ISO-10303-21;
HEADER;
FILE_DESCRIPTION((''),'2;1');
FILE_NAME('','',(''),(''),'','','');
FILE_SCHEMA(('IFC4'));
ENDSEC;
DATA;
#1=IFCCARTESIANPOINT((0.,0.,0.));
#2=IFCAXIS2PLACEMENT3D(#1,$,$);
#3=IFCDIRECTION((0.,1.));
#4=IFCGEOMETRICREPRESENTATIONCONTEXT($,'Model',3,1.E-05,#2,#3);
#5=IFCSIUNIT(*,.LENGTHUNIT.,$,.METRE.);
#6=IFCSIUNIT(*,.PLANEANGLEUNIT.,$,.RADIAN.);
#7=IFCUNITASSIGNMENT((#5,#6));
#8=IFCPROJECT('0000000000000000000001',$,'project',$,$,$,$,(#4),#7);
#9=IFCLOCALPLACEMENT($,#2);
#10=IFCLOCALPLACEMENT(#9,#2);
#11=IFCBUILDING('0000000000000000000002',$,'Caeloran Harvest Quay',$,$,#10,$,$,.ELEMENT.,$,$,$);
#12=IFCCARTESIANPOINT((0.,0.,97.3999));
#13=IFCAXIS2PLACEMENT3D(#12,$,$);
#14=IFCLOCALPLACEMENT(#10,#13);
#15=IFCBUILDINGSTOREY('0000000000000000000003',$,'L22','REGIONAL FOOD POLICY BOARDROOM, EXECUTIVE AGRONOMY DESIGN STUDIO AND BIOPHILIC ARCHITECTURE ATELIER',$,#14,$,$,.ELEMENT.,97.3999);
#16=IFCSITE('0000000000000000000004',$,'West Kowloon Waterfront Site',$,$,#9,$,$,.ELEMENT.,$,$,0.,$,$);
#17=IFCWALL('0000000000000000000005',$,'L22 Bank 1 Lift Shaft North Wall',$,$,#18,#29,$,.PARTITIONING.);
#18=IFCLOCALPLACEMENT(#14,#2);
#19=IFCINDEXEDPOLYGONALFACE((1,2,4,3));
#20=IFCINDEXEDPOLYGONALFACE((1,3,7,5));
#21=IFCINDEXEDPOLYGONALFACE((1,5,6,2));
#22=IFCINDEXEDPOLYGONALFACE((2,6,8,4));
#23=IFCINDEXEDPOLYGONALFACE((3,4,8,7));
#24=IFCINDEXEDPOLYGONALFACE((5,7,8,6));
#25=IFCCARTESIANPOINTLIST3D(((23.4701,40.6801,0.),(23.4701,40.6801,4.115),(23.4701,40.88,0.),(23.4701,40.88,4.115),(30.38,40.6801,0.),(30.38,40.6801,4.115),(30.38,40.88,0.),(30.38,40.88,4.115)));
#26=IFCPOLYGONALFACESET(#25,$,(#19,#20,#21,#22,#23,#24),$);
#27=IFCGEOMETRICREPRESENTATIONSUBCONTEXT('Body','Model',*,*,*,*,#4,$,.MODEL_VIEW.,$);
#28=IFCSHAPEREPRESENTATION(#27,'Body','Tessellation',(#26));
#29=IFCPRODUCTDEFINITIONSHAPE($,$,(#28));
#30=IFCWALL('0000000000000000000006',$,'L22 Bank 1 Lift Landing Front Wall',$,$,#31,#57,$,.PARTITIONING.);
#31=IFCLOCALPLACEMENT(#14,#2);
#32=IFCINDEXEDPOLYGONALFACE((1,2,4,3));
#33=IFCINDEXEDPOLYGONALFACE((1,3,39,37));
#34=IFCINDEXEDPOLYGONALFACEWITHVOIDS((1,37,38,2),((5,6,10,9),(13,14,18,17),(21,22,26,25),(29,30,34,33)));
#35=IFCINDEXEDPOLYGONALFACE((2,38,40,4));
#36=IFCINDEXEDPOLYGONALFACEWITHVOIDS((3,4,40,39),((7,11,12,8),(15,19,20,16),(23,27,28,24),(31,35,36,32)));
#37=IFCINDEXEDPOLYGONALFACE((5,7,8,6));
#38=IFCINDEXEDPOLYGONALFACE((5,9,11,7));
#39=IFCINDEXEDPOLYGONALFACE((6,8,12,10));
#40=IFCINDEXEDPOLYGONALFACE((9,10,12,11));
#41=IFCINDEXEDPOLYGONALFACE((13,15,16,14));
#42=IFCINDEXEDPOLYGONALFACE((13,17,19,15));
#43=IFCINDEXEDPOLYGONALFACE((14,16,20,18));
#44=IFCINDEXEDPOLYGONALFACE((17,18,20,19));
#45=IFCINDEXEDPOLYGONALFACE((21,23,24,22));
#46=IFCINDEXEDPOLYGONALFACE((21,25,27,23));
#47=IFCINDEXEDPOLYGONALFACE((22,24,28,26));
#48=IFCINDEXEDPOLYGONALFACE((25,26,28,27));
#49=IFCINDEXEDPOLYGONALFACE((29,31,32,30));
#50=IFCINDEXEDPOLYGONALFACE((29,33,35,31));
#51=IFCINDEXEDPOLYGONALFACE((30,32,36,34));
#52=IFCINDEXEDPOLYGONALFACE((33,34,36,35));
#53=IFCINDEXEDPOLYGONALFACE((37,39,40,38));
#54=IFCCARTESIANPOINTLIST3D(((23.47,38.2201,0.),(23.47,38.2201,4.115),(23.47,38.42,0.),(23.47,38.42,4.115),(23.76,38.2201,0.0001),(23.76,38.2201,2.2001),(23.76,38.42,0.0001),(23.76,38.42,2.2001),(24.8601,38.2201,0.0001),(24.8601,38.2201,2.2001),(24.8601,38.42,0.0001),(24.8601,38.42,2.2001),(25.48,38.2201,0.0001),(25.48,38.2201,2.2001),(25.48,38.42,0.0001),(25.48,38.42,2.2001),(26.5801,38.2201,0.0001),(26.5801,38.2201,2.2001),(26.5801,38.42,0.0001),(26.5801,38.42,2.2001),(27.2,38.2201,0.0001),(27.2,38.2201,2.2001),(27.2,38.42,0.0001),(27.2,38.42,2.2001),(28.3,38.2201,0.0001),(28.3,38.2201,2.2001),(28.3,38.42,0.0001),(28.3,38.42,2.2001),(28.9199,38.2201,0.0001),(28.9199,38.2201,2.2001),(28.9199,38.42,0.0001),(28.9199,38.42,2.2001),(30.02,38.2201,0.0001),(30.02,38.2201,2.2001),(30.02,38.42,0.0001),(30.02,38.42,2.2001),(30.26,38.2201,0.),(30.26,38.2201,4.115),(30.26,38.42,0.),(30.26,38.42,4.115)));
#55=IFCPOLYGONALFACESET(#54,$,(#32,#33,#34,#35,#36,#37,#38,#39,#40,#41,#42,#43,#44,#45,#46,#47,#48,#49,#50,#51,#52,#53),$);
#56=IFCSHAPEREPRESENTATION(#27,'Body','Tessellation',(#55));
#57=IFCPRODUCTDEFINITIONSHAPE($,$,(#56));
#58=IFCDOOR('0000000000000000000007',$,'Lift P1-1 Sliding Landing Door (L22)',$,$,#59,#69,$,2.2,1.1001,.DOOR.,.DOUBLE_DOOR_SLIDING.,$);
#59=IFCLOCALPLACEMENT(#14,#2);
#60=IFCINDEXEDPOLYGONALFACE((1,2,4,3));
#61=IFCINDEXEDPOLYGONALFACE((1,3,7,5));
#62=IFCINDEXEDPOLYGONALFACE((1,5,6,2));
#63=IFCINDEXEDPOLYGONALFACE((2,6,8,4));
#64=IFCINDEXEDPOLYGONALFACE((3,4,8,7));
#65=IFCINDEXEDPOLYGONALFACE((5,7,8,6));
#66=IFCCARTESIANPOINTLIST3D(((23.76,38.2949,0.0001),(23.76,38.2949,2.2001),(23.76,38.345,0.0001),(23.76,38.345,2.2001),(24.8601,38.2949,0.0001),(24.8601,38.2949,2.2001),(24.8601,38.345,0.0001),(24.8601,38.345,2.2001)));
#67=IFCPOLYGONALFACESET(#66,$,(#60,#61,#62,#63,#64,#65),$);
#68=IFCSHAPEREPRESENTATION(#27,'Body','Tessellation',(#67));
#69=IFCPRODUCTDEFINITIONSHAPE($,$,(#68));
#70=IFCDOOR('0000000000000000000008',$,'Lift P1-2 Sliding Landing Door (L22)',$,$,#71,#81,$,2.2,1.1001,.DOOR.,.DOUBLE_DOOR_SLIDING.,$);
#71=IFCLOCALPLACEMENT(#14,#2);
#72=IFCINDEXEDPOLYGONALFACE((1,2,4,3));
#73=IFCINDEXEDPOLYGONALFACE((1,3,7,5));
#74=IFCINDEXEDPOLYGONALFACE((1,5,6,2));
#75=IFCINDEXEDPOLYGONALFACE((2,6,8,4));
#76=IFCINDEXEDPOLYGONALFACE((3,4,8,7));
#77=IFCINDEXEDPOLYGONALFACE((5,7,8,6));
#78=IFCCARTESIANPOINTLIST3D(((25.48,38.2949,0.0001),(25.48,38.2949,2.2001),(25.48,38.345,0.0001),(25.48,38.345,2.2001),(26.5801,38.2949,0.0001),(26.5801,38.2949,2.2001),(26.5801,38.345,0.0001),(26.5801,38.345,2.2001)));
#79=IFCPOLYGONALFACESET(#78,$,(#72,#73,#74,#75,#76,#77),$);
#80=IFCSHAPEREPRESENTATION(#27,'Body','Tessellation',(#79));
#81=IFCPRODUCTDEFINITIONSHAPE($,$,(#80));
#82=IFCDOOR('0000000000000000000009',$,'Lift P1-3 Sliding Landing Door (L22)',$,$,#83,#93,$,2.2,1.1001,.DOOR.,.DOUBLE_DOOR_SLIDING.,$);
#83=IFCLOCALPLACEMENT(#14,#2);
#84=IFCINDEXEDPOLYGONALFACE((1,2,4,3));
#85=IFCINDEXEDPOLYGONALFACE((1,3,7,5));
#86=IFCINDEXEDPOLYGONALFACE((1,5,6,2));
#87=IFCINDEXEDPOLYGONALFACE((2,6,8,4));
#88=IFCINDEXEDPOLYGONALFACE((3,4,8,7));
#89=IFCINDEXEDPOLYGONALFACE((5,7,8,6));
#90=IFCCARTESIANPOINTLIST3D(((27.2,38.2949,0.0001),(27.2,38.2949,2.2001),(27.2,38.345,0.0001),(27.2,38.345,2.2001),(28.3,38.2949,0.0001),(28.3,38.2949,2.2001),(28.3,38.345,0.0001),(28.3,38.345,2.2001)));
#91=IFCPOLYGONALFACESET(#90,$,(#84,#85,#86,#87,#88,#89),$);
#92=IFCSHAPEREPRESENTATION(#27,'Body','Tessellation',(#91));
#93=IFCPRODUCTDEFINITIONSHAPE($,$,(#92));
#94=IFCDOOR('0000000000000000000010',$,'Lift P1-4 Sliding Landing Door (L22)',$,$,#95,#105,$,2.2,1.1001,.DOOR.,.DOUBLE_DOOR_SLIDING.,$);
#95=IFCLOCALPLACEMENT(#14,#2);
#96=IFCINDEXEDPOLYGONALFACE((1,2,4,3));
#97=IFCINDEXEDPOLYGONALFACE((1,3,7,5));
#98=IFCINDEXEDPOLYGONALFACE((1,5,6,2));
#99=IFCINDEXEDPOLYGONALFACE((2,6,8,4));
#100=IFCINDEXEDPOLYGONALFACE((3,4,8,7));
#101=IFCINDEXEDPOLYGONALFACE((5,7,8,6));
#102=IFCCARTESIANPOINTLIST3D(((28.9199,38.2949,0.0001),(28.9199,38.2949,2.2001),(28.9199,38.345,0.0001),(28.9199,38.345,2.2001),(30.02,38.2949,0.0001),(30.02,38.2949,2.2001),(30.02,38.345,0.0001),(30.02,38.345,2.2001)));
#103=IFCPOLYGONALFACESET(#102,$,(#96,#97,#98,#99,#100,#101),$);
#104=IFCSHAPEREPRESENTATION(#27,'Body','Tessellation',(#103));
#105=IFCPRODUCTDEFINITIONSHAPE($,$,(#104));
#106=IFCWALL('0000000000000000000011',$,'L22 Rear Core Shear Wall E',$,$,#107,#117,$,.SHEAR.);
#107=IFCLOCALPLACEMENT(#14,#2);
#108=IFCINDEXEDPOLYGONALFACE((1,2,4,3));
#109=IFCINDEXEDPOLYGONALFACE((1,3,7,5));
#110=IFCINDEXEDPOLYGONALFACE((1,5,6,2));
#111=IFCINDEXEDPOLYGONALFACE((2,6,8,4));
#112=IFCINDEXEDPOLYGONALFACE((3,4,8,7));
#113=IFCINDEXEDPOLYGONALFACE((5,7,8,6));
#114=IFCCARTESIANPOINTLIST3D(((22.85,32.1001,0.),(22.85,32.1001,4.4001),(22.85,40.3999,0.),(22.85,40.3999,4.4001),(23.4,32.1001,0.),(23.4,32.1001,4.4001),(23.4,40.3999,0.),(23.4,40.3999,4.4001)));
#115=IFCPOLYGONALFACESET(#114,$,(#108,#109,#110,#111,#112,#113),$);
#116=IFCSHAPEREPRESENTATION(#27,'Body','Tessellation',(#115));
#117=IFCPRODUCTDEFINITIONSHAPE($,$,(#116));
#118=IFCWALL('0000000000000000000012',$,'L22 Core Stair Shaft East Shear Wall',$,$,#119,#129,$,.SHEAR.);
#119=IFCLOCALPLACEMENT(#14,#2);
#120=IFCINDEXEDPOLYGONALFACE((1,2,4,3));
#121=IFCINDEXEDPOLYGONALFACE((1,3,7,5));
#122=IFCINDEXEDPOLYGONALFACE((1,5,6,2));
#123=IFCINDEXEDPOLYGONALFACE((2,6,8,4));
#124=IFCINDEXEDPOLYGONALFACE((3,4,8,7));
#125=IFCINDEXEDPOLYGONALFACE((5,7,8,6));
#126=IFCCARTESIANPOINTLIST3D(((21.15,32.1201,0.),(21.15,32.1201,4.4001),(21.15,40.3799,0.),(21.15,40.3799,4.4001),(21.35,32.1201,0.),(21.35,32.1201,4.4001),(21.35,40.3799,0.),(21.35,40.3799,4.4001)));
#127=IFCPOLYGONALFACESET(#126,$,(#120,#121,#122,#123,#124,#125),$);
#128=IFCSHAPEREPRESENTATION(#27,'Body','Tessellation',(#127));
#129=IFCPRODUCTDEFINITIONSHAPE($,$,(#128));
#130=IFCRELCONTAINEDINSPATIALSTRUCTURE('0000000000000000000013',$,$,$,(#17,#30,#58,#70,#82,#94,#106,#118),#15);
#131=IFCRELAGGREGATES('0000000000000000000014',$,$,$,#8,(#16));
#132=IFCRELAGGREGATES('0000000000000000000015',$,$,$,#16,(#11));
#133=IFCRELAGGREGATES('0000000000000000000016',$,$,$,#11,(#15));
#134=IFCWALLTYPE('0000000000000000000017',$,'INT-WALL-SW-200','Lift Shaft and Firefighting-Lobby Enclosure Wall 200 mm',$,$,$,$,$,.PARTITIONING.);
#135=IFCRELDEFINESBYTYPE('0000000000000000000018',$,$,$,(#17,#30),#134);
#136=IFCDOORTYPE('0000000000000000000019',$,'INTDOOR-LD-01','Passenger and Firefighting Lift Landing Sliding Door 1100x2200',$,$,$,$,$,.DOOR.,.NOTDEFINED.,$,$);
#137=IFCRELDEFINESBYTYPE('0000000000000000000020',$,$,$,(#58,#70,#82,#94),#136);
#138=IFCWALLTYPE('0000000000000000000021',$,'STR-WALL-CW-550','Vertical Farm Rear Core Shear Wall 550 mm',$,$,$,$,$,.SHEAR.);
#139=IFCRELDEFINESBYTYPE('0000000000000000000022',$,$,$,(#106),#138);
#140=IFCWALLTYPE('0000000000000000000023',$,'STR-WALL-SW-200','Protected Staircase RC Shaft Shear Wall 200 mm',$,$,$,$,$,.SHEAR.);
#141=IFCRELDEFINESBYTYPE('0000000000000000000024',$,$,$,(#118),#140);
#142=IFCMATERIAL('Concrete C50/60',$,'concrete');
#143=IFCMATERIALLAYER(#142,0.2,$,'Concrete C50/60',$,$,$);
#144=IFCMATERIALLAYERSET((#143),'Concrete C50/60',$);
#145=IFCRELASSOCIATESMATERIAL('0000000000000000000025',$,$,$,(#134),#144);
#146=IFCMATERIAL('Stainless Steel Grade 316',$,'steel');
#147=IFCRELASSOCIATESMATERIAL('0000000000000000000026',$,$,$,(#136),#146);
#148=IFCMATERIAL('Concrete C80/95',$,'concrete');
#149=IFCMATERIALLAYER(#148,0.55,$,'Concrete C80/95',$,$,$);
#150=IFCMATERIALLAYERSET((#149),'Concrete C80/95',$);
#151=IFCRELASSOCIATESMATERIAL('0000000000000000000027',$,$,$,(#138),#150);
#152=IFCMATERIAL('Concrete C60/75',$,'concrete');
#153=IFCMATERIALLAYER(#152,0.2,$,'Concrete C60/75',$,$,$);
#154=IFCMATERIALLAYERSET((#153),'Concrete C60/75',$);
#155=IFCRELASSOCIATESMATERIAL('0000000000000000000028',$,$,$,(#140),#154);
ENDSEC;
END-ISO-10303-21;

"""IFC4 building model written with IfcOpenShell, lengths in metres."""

from ifc_helpers import new_model, si_unit, direction, frame, frame_2d, origin, place, context, subcontext, project, spatial, rectangle, extrude, material, layer, layer_set, type_object, element, fill, save


model = new_model("IFC4")

# Units and contexts
model_context = context("Model", 3, precision=1e-05, world=origin(), true_north=direction((0.0, 1.0)))
body_context = subcontext(model_context, "Body", "Model", "MODEL_VIEW")
ifc_project = project(units=[si_unit("LENGTHUNIT", "METRE"), si_unit("PLANEANGLEUNIT", "RADIAN")], contexts=[model_context])

# Site, building, storey
site_placement = place(None, origin())
site = spatial("IfcSite", under=ifc_project, at=site_placement, Name="West Kowloon Waterfront Site", CompositionType="ELEMENT", RefElevation=0.0)
building_placement = place(site_placement, origin())
building = spatial("IfcBuilding", under=site, at=building_placement, Name="Caeloran Harvest Quay", CompositionType="ELEMENT")
storey_placement = place(building_placement, frame((0.0, 0.0, 97.3999)))
storey = spatial("IfcBuildingStorey", under=building, at=storey_placement, Name="L22", Description="REGIONAL FOOD POLICY BOARDROOM, EXECUTIVE AGRONOMY DESIGN STUDIO AND BIOPHILIC ARCHITECTURE ATELIER", CompositionType="ELEMENT", Elevation=97.3999)

# Shared definitions
ifc_material_1 = material(Name="Concrete C80/95", Category="concrete")

# Shared definitions
ifc_material_2 = material(Name="Concrete C50/60", Category="concrete")
ifc_layer_1 = layer(ifc_material_2, 0.2, Name="Concrete C50/60")
ifc_layer_set_1 = layer_set([ifc_layer_1], Name="Concrete C50/60")
wall_type_1 = type_object("IfcWallType", Name="INT-WALL-SW-200", Description="Lift Shaft and Firefighting-Lobby Enclosure Wall 200 mm", PredefinedType="PARTITIONING", material=ifc_layer_set_1)
ifc_material_3 = material(Name="Stainless Steel Grade 316", Category="steel")

# Wall
wall_1_placement = place(storey_placement, frame((23.47, 40.78, 0.0), z_axis=(0.0, 0.0, 1.0), x_axis=(1.0, 0.0, 0.0)))
element("IfcWall", 1, at=wall_1_placement, inside=storey, type_object=wall_type_1, Name="L22 Bank 1 Lift Shaft North Wall", PredefinedType="PARTITIONING", context=body_context, shape_type="SweptSolid", body=[
    extrude(rectangle(XDim=6.9099, YDim=0.2, at=frame_2d((3.4551, 0.0))), origin(), (0.0, 0.0, 1.0), 4.115),
])

# Wall, openings, doors
wall_2_placement = place(storey_placement, frame((23.47, 38.3201, 0.0), z_axis=(0.0, 0.0, 1.0), x_axis=(1.0, 0.0, 0.0)))
wall_2 = element("IfcWall", 2, at=wall_2_placement, inside=storey, type_object=wall_type_1, Name="L22 Bank 1 Lift Landing Front Wall", PredefinedType="PARTITIONING", context=body_context, shape_type="SweptSolid", body=[
    extrude(rectangle(XDim=6.79, YDim=0.2, at=frame_2d((3.395, 0.0))), origin(), (0.0, 0.0, 1.0), 4.115),
])
opening_1_placement = place(wall_2_placement, frame((0.29, 0.0, 0.0)))
opening_1 = element("IfcOpeningElement", 3, at=opening_1_placement, cuts=wall_2, PredefinedType="OPENING", context=body_context, shape_type="SweptSolid", body=[
    extrude(rectangle(XDim=1.1001, YDim=2.2, at=frame_2d((0.55, 1.1001))), frame((0.0, 0.1099, 0.0), z_axis=(0.0, -1.0, 0.0), x_axis=(1.0, 0.0, 0.0)), (0.0, 0.0, 1.0), 0.22),
])
opening_2_placement = place(wall_2_placement, frame((2.01, 0.0, 0.0)))
opening_2 = element("IfcOpeningElement", 4, at=opening_2_placement, cuts=wall_2, PredefinedType="OPENING", context=body_context, shape_type="SweptSolid", body=[
    extrude(rectangle(XDim=1.1001, YDim=2.2, at=frame_2d((0.55, 1.1001))), frame((0.0, 0.1099, 0.0), z_axis=(0.0, -1.0, 0.0), x_axis=(1.0, 0.0, 0.0)), (0.0, 0.0, 1.0), 0.22),
])
opening_3_placement = place(wall_2_placement, frame((3.73, 0.0, 0.0)))
opening_3 = element("IfcOpeningElement", 5, at=opening_3_placement, cuts=wall_2, PredefinedType="OPENING", context=body_context, shape_type="SweptSolid", body=[
    extrude(rectangle(XDim=1.1001, YDim=2.2, at=frame_2d((0.55, 1.1001))), frame((0.0, 0.1099, 0.0), z_axis=(0.0, -1.0, 0.0), x_axis=(1.0, 0.0, 0.0)), (0.0, 0.0, 1.0), 0.22),
])
opening_4_placement = place(wall_2_placement, frame((5.45, 0.0, 0.0)))
opening_4 = element("IfcOpeningElement", 6, at=opening_4_placement, cuts=wall_2, PredefinedType="OPENING", context=body_context, shape_type="SweptSolid", body=[
    extrude(rectangle(XDim=1.1001, YDim=2.2, at=frame_2d((0.55, 1.1001))), frame((0.0, 0.1099, 0.0), z_axis=(0.0, -1.0, 0.0), x_axis=(1.0, 0.0, 0.0)), (0.0, 0.0, 1.0), 0.22),
])
door_type_1 = type_object("IfcDoorType", Name="INTDOOR-LD-01", Description="Passenger and Firefighting Lift Landing Sliding Door 1100x2200", OperationType="NOTDEFINED", PredefinedType="DOOR", material=ifc_material_3)
door_1_placement = place(opening_1_placement, origin())
door_1 = element("IfcDoor", 7, at=door_1_placement, inside=storey, type_object=door_type_1, Name="Lift P1-1 Sliding Landing Door (L22)", OperationType="DOUBLE_DOOR_SLIDING", OverallHeight=2.2, OverallWidth=1.1001, PredefinedType="DOOR", context=body_context, shape_type="SweptSolid", body=[
    extrude(rectangle(XDim=1.1001, YDim=2.2, at=frame_2d((0.55, 1.1001))), frame((0.0, 0.0249, 0.0), z_axis=(0.0, -1.0, 0.0), x_axis=(1.0, 0.0, 0.0)), (0.0, 0.0, 1.0), 0.05),
])
fill(opening_1, door_1)
door_2_placement = place(opening_2_placement, origin())
door_2 = element("IfcDoor", 8, at=door_2_placement, inside=storey, type_object=door_type_1, Name="Lift P1-2 Sliding Landing Door (L22)", OperationType="DOUBLE_DOOR_SLIDING", OverallHeight=2.2, OverallWidth=1.1001, PredefinedType="DOOR", context=body_context, shape_type="SweptSolid", body=[
    extrude(rectangle(XDim=1.1001, YDim=2.2, at=frame_2d((0.55, 1.1001))), frame((0.0, 0.0249, 0.0), z_axis=(0.0, -1.0, 0.0), x_axis=(1.0, 0.0, 0.0)), (0.0, 0.0, 1.0), 0.05),
])
fill(opening_2, door_2)
door_3_placement = place(opening_3_placement, origin())
door_3 = element("IfcDoor", 9, at=door_3_placement, inside=storey, type_object=door_type_1, Name="Lift P1-3 Sliding Landing Door (L22)", OperationType="DOUBLE_DOOR_SLIDING", OverallHeight=2.2, OverallWidth=1.1001, PredefinedType="DOOR", context=body_context, shape_type="SweptSolid", body=[
    extrude(rectangle(XDim=1.1001, YDim=2.2, at=frame_2d((0.55, 1.1001))), frame((0.0, 0.0249, 0.0), z_axis=(0.0, -1.0, 0.0), x_axis=(1.0, 0.0, 0.0)), (0.0, 0.0, 1.0), 0.05),
])
fill(opening_3, door_3)
door_4_placement = place(opening_4_placement, origin())
door_4 = element("IfcDoor", 10, at=door_4_placement, inside=storey, type_object=door_type_1, Name="Lift P1-4 Sliding Landing Door (L22)", OperationType="DOUBLE_DOOR_SLIDING", OverallHeight=2.2, OverallWidth=1.1001, PredefinedType="DOOR", context=body_context, shape_type="SweptSolid", body=[
    extrude(rectangle(XDim=1.1001, YDim=2.2, at=frame_2d((0.55, 1.1001))), frame((0.0, 0.0249, 0.0), z_axis=(0.0, -1.0, 0.0), x_axis=(1.0, 0.0, 0.0)), (0.0, 0.0, 1.0), 0.05),
])
fill(opening_4, door_4)

# Walls
ifc_layer_2 = layer(ifc_material_1, 0.55, Name="Concrete C80/95")
ifc_layer_set_2 = layer_set([ifc_layer_2], Name="Concrete C80/95")
wall_type_2 = type_object("IfcWallType", Name="STR-WALL-CW-550", Description="Vertical Farm Rear Core Shear Wall 550 mm", PredefinedType="SHEAR", material=ifc_layer_set_2)
wall_3_placement = place(storey_placement, frame((23.125, 32.1001, 0.0), z_axis=(0.0, 0.0, 1.0), x_axis=(0.0, 1.0, 0.0)))
element("IfcWall", 11, at=wall_3_placement, inside=storey, type_object=wall_type_2, Name="L22 Rear Core Shear Wall E", PredefinedType="SHEAR", context=body_context, shape_type="SweptSolid", body=[
    extrude(rectangle(XDim=8.2998, YDim=0.55, at=frame_2d((4.1499, 0.0))), origin(), (0.0, 0.0, 1.0), 4.4001),
])
ifc_material_4 = material(Name="Concrete C60/75", Category="concrete")
ifc_layer_3 = layer(ifc_material_4, 0.2, Name="Concrete C60/75")
ifc_layer_set_3 = layer_set([ifc_layer_3], Name="Concrete C60/75")
wall_type_3 = type_object("IfcWallType", Name="STR-WALL-SW-200", Description="Protected Staircase RC Shaft Shear Wall 200 mm", PredefinedType="SHEAR", material=ifc_layer_set_3)
wall_4_placement = place(storey_placement, frame((21.25, 32.1201, 0.0), z_axis=(0.0, 0.0, 1.0), x_axis=(0.0, 1.0, 0.0)))
element("IfcWall", 12, at=wall_4_placement, inside=storey, type_object=wall_type_3, Name="L22 Core Stair Shaft East Shear Wall", PredefinedType="SHEAR", context=body_context, shape_type="SweptSolid", body=[
    extrude(rectangle(XDim=8.2598, YDim=0.2, at=frame_2d((4.1299, 0.0))), origin(), (0.0, 0.0, 1.0), 4.4001),
])

save(model, "model.ifc")
